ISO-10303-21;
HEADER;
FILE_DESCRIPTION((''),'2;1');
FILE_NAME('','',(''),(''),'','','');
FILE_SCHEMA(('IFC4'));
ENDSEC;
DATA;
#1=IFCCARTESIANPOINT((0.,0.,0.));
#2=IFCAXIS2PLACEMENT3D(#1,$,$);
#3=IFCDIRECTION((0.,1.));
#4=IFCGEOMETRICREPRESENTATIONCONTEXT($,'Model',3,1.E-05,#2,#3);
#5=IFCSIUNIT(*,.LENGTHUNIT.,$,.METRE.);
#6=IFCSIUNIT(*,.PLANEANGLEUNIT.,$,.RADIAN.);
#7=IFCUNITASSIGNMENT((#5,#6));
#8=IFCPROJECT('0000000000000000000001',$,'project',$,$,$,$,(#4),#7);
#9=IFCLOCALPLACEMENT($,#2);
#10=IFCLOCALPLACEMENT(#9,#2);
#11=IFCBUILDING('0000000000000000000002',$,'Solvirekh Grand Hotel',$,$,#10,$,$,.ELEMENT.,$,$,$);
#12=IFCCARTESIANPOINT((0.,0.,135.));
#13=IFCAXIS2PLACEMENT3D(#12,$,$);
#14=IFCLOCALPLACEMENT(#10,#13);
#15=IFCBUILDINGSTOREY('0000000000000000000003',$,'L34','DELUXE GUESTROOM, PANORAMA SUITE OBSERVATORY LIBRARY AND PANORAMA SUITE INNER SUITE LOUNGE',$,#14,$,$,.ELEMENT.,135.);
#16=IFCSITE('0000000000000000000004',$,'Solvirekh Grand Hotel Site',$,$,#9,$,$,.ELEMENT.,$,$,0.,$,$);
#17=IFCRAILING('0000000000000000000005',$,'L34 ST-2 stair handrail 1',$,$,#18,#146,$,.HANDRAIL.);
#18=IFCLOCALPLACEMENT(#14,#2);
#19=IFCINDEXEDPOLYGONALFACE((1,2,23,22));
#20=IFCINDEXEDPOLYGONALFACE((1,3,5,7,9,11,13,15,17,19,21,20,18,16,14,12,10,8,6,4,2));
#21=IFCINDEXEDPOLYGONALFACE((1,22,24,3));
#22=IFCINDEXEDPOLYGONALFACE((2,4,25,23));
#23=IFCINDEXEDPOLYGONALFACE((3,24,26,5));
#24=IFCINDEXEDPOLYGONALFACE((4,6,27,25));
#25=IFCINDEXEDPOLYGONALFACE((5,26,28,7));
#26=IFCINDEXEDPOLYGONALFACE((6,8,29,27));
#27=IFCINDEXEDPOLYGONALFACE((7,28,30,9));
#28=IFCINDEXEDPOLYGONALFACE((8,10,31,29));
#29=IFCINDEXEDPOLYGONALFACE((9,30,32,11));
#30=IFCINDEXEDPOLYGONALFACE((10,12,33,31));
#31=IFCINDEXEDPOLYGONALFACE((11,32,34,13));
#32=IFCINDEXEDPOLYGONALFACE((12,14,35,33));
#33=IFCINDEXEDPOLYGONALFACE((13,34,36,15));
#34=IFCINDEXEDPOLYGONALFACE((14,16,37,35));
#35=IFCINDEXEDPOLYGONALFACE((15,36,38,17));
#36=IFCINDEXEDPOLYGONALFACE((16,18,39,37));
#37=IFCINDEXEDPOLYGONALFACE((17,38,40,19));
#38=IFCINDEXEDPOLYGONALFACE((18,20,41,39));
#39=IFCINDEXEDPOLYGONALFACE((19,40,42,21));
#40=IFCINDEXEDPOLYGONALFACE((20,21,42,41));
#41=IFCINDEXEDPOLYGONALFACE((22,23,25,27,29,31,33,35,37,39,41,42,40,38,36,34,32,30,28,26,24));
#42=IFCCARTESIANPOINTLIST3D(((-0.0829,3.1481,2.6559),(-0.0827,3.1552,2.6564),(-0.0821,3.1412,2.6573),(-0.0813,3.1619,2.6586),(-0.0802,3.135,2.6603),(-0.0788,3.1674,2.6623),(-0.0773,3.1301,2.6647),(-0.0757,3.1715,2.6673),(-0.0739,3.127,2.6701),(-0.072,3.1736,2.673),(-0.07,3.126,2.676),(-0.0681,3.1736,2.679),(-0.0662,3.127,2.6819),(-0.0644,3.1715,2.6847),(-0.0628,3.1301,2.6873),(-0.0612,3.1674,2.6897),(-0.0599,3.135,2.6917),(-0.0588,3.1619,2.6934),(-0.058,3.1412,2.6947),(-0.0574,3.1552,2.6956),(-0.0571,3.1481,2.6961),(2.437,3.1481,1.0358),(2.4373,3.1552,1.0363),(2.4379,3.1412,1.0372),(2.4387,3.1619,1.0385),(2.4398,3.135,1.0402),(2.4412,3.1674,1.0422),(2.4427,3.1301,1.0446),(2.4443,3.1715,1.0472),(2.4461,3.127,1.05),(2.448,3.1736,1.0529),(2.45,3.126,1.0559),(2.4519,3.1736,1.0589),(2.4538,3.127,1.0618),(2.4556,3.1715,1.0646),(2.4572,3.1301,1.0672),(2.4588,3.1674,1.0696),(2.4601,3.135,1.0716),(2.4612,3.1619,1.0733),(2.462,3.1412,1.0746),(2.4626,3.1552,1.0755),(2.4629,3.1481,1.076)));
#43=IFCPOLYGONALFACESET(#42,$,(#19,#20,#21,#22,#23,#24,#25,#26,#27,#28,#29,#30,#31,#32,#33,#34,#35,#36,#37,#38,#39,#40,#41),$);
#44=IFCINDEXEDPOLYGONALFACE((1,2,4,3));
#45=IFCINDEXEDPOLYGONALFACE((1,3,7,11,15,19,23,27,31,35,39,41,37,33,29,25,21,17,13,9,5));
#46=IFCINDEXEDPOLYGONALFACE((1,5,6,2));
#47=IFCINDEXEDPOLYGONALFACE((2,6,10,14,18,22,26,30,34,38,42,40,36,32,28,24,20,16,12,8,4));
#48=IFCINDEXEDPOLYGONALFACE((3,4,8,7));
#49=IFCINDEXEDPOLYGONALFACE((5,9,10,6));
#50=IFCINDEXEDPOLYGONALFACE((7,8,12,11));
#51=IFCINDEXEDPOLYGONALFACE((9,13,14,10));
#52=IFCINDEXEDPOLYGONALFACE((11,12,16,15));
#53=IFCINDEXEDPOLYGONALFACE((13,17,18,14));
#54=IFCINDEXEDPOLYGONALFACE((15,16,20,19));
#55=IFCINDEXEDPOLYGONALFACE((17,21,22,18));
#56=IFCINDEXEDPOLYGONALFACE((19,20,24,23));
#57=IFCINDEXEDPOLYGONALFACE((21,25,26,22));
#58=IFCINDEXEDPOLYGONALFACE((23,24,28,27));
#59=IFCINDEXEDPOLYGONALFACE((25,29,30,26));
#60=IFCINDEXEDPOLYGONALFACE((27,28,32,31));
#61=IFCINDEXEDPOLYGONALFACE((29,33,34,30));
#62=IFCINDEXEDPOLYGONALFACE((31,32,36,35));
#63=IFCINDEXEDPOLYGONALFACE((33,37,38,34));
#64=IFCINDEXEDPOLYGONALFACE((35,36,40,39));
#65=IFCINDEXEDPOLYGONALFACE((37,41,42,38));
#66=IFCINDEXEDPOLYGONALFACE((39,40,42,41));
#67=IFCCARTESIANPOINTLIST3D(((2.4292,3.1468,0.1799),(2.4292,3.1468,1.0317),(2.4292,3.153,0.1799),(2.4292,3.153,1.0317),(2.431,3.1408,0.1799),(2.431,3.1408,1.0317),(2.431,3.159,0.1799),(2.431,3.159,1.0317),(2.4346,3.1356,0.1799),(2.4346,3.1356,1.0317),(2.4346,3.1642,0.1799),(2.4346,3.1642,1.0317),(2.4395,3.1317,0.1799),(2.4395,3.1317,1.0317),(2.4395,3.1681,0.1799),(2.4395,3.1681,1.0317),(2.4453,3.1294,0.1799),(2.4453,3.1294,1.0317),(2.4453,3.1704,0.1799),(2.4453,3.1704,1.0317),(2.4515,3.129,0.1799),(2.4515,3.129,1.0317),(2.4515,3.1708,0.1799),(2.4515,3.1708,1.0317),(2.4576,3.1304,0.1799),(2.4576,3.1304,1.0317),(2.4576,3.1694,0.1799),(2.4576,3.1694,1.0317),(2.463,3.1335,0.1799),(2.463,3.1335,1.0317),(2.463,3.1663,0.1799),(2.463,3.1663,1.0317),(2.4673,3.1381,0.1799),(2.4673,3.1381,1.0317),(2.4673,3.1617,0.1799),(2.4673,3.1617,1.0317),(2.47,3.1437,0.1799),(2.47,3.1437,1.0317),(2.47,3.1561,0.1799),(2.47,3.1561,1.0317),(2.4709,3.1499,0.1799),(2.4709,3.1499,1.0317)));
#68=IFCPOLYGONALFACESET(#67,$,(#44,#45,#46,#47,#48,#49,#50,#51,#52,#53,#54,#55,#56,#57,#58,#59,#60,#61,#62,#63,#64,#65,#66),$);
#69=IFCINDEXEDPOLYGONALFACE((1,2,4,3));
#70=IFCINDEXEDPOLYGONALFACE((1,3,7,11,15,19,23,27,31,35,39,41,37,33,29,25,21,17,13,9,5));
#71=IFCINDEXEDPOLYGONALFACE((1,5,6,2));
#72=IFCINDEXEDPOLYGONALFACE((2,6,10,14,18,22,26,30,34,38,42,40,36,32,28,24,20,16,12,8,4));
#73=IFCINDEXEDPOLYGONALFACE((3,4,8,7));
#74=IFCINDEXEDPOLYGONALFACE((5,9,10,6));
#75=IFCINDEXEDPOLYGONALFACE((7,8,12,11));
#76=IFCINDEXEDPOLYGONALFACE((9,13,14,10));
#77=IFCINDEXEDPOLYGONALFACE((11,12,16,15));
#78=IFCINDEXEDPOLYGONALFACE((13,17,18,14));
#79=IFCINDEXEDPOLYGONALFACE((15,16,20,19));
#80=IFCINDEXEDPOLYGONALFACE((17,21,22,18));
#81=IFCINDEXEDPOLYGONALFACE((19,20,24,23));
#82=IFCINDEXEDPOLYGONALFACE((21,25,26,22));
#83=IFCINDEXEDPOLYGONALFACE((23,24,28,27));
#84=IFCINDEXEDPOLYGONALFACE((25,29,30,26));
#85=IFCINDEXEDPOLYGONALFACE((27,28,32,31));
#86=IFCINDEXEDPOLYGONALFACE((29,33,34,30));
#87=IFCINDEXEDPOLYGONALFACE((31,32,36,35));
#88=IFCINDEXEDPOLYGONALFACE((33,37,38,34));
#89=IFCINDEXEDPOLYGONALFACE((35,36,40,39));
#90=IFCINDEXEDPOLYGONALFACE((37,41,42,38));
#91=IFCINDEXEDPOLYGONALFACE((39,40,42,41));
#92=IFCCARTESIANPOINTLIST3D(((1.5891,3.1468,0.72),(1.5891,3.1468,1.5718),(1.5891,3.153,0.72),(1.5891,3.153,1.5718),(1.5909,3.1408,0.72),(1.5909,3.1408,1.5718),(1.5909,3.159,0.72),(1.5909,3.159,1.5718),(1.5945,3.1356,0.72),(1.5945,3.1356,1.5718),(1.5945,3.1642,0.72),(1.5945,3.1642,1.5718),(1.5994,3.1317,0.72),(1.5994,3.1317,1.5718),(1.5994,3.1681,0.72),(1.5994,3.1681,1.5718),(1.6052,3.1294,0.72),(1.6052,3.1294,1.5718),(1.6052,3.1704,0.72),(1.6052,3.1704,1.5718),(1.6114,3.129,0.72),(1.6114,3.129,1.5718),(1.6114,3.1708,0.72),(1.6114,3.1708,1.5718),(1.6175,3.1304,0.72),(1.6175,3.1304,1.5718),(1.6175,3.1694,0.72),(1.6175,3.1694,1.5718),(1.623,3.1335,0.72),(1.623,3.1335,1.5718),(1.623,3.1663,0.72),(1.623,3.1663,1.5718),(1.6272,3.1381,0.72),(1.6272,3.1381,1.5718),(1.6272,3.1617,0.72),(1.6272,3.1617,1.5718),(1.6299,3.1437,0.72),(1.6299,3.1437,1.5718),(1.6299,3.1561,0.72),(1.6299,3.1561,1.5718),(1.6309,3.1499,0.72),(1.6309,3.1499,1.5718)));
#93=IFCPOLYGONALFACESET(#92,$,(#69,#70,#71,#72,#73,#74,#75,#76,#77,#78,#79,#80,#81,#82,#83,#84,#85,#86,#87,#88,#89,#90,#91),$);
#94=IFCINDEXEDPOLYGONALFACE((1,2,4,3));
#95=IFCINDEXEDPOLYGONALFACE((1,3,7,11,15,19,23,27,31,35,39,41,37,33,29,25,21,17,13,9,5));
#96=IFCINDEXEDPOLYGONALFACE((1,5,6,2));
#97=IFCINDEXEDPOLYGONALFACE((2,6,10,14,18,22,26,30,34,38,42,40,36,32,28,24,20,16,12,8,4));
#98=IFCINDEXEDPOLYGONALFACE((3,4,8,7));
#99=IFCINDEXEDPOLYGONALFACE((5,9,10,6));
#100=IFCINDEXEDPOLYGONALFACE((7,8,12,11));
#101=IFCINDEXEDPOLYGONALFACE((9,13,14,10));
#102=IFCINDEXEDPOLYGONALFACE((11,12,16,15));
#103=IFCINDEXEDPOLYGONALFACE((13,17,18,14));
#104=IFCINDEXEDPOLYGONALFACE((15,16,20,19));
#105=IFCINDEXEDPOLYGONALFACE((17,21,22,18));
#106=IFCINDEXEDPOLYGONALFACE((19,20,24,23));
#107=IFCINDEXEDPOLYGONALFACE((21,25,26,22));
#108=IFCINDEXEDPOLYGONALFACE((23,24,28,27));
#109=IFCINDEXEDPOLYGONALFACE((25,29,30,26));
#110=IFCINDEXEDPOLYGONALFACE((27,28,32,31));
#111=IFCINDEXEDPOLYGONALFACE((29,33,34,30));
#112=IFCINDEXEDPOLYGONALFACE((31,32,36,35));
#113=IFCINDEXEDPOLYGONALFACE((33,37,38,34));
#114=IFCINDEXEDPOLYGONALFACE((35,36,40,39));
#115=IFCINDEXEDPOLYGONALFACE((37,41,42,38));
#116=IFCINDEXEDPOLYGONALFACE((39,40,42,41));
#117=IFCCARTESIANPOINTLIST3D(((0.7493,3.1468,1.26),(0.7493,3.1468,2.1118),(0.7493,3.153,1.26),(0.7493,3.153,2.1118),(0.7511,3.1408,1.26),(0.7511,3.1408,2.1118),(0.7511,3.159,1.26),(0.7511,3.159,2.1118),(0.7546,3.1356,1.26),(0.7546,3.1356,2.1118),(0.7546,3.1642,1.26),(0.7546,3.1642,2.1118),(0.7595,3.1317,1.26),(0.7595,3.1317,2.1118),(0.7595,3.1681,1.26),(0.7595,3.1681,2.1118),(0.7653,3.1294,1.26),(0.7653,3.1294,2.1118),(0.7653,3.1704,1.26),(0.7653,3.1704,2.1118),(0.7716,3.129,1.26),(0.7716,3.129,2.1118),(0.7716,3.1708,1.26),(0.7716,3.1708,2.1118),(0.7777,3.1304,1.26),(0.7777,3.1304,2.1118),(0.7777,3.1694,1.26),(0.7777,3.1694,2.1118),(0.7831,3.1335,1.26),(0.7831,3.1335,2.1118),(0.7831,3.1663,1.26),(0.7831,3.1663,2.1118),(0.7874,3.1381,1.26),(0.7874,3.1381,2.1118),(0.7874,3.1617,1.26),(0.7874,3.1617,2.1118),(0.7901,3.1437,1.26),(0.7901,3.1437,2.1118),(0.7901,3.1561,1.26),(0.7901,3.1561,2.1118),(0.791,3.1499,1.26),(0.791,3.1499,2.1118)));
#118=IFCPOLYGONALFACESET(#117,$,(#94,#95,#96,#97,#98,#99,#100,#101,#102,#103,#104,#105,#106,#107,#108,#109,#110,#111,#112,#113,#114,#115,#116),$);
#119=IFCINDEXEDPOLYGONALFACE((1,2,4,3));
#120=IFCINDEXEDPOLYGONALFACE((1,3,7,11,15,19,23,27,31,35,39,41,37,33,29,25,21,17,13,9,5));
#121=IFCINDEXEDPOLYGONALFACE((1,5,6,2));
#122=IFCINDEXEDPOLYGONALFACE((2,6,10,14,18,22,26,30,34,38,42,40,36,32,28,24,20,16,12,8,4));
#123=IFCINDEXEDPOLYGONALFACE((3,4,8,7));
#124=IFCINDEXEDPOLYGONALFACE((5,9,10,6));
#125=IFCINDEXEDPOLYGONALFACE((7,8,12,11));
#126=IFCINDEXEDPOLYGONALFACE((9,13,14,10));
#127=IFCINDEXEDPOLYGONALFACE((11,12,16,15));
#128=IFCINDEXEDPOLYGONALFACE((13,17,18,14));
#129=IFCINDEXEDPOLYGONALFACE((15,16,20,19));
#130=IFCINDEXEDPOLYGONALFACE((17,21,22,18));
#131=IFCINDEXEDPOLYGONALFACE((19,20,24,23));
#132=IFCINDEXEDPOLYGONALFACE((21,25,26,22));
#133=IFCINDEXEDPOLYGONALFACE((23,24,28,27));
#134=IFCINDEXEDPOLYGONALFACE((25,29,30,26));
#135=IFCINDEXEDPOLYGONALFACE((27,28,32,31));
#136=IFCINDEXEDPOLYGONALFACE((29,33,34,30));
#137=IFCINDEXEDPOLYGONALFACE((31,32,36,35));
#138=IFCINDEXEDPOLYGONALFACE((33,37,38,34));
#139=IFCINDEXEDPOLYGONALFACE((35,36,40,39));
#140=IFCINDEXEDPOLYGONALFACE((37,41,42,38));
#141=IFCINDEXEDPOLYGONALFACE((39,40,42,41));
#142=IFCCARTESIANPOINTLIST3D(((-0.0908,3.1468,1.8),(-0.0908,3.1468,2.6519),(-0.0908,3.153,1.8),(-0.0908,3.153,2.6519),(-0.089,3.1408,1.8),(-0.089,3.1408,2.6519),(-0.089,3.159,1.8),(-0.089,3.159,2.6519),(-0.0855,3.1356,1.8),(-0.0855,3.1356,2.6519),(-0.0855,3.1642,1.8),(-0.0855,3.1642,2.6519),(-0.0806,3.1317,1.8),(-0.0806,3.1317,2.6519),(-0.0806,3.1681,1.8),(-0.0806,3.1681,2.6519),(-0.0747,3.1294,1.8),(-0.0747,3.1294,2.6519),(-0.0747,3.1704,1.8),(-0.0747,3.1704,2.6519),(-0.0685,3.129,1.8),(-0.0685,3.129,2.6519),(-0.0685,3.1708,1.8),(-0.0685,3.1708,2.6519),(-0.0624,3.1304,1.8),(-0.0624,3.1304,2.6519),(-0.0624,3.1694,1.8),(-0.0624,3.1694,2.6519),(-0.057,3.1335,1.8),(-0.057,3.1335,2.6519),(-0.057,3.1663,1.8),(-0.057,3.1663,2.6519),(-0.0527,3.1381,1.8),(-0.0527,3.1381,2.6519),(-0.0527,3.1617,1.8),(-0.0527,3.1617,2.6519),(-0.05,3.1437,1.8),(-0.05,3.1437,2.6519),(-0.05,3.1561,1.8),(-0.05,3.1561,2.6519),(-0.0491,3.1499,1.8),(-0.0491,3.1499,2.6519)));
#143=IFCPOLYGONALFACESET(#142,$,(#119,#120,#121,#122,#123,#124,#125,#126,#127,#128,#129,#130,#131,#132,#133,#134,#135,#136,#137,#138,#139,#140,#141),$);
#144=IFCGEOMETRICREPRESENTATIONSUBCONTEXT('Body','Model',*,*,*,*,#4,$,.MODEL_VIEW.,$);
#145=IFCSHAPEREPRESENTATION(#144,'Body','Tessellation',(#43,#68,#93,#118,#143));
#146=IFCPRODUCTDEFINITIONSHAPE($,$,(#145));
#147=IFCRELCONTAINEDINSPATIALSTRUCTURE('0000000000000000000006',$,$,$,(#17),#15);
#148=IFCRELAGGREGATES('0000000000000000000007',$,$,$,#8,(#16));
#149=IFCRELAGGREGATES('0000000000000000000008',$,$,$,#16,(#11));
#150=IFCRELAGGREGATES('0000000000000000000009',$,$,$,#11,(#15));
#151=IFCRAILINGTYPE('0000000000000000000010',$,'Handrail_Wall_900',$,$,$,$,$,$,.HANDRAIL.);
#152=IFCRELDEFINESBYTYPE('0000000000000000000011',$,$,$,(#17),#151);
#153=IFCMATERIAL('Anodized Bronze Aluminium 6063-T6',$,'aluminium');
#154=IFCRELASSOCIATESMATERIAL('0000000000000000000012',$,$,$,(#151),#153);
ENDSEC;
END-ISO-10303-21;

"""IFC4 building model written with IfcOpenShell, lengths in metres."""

from ifc_helpers import new_model, si_unit, direction, frame, origin, origin_2d, place, context, subcontext, project, spatial, circle, extrude, material, type_object, element, save


model = new_model("IFC4")

# Units and contexts
model_context = context("Model", 3, precision=1e-05, world=origin(), true_north=direction((0.0, 1.0)))
body_context = subcontext(model_context, "Body", "Model", "MODEL_VIEW")
ifc_project = project(units=[si_unit("LENGTHUNIT", "METRE"), si_unit("PLANEANGLEUNIT", "RADIAN")], contexts=[model_context])

# Site, building, storey
site_placement = place(None, origin())
site = spatial("IfcSite", under=ifc_project, at=site_placement, Name="Solvirekh Grand Hotel Site", CompositionType="ELEMENT", RefElevation=0.0)
building_placement = place(site_placement, origin())
building = spatial("IfcBuilding", under=site, at=building_placement, Name="Solvirekh Grand Hotel", CompositionType="ELEMENT")
storey_placement = place(building_placement, frame((0.0, 0.0, 135.0)))
storey = spatial("IfcBuildingStorey", under=building, at=storey_placement, Name="L34", Description="DELUXE GUESTROOM, PANORAMA SUITE OBSERVATORY LIBRARY AND PANORAMA SUITE INNER SUITE LOUNGE", CompositionType="ELEMENT", Elevation=135.0)

# Shared definitions
ifc_material_1 = material(Name="Anodized Bronze Aluminium 6063-T6", Category="aluminium")

# Railing
railing_type_1 = type_object("IfcRailingType", Name="Handrail_Wall_900", PredefinedType="HANDRAIL", material=ifc_material_1)
for number, where, name in (
    (1, (2.45, 3.1499, 0.1799), "L34 ST-2 stair handrail 1"),
):
    element("IfcRailing", number, at=place(storey_placement, frame(where)), inside=storey, type_object=railing_type_1, Name=name, PredefinedType="HANDRAIL", context=body_context, shape_type="SweptSolid", body=[
        extrude(circle(Radius=0.0239, at=origin_2d()), frame((0.0, 0.0, 0.876), z_axis=(-0.841163, 0.0, 0.540782), x_axis=(0.0, -1.0, 0.0)), (0.0, 0.0, 1.0), 2.9958),
        extrude(circle(Radius=0.021, at=origin_2d()), origin(), (0.0, 0.0, 1.0), 0.8518),
        extrude(circle(Radius=0.021, at=origin_2d()), frame((-0.8401, 0.0, 0.54)), (0.0, 0.0, 1.0), 0.8518),
        extrude(circle(Radius=0.021, at=origin_2d()), frame((-1.6799, 0.0, 1.0801)), (0.0, 0.0, 1.0), 0.8518),
        extrude(circle(Radius=0.021, at=origin_2d()), frame((-2.52, 0.0, 1.6201)), (0.0, 0.0, 1.0), 0.8518),
    ])

save(model, "model.ifc")
